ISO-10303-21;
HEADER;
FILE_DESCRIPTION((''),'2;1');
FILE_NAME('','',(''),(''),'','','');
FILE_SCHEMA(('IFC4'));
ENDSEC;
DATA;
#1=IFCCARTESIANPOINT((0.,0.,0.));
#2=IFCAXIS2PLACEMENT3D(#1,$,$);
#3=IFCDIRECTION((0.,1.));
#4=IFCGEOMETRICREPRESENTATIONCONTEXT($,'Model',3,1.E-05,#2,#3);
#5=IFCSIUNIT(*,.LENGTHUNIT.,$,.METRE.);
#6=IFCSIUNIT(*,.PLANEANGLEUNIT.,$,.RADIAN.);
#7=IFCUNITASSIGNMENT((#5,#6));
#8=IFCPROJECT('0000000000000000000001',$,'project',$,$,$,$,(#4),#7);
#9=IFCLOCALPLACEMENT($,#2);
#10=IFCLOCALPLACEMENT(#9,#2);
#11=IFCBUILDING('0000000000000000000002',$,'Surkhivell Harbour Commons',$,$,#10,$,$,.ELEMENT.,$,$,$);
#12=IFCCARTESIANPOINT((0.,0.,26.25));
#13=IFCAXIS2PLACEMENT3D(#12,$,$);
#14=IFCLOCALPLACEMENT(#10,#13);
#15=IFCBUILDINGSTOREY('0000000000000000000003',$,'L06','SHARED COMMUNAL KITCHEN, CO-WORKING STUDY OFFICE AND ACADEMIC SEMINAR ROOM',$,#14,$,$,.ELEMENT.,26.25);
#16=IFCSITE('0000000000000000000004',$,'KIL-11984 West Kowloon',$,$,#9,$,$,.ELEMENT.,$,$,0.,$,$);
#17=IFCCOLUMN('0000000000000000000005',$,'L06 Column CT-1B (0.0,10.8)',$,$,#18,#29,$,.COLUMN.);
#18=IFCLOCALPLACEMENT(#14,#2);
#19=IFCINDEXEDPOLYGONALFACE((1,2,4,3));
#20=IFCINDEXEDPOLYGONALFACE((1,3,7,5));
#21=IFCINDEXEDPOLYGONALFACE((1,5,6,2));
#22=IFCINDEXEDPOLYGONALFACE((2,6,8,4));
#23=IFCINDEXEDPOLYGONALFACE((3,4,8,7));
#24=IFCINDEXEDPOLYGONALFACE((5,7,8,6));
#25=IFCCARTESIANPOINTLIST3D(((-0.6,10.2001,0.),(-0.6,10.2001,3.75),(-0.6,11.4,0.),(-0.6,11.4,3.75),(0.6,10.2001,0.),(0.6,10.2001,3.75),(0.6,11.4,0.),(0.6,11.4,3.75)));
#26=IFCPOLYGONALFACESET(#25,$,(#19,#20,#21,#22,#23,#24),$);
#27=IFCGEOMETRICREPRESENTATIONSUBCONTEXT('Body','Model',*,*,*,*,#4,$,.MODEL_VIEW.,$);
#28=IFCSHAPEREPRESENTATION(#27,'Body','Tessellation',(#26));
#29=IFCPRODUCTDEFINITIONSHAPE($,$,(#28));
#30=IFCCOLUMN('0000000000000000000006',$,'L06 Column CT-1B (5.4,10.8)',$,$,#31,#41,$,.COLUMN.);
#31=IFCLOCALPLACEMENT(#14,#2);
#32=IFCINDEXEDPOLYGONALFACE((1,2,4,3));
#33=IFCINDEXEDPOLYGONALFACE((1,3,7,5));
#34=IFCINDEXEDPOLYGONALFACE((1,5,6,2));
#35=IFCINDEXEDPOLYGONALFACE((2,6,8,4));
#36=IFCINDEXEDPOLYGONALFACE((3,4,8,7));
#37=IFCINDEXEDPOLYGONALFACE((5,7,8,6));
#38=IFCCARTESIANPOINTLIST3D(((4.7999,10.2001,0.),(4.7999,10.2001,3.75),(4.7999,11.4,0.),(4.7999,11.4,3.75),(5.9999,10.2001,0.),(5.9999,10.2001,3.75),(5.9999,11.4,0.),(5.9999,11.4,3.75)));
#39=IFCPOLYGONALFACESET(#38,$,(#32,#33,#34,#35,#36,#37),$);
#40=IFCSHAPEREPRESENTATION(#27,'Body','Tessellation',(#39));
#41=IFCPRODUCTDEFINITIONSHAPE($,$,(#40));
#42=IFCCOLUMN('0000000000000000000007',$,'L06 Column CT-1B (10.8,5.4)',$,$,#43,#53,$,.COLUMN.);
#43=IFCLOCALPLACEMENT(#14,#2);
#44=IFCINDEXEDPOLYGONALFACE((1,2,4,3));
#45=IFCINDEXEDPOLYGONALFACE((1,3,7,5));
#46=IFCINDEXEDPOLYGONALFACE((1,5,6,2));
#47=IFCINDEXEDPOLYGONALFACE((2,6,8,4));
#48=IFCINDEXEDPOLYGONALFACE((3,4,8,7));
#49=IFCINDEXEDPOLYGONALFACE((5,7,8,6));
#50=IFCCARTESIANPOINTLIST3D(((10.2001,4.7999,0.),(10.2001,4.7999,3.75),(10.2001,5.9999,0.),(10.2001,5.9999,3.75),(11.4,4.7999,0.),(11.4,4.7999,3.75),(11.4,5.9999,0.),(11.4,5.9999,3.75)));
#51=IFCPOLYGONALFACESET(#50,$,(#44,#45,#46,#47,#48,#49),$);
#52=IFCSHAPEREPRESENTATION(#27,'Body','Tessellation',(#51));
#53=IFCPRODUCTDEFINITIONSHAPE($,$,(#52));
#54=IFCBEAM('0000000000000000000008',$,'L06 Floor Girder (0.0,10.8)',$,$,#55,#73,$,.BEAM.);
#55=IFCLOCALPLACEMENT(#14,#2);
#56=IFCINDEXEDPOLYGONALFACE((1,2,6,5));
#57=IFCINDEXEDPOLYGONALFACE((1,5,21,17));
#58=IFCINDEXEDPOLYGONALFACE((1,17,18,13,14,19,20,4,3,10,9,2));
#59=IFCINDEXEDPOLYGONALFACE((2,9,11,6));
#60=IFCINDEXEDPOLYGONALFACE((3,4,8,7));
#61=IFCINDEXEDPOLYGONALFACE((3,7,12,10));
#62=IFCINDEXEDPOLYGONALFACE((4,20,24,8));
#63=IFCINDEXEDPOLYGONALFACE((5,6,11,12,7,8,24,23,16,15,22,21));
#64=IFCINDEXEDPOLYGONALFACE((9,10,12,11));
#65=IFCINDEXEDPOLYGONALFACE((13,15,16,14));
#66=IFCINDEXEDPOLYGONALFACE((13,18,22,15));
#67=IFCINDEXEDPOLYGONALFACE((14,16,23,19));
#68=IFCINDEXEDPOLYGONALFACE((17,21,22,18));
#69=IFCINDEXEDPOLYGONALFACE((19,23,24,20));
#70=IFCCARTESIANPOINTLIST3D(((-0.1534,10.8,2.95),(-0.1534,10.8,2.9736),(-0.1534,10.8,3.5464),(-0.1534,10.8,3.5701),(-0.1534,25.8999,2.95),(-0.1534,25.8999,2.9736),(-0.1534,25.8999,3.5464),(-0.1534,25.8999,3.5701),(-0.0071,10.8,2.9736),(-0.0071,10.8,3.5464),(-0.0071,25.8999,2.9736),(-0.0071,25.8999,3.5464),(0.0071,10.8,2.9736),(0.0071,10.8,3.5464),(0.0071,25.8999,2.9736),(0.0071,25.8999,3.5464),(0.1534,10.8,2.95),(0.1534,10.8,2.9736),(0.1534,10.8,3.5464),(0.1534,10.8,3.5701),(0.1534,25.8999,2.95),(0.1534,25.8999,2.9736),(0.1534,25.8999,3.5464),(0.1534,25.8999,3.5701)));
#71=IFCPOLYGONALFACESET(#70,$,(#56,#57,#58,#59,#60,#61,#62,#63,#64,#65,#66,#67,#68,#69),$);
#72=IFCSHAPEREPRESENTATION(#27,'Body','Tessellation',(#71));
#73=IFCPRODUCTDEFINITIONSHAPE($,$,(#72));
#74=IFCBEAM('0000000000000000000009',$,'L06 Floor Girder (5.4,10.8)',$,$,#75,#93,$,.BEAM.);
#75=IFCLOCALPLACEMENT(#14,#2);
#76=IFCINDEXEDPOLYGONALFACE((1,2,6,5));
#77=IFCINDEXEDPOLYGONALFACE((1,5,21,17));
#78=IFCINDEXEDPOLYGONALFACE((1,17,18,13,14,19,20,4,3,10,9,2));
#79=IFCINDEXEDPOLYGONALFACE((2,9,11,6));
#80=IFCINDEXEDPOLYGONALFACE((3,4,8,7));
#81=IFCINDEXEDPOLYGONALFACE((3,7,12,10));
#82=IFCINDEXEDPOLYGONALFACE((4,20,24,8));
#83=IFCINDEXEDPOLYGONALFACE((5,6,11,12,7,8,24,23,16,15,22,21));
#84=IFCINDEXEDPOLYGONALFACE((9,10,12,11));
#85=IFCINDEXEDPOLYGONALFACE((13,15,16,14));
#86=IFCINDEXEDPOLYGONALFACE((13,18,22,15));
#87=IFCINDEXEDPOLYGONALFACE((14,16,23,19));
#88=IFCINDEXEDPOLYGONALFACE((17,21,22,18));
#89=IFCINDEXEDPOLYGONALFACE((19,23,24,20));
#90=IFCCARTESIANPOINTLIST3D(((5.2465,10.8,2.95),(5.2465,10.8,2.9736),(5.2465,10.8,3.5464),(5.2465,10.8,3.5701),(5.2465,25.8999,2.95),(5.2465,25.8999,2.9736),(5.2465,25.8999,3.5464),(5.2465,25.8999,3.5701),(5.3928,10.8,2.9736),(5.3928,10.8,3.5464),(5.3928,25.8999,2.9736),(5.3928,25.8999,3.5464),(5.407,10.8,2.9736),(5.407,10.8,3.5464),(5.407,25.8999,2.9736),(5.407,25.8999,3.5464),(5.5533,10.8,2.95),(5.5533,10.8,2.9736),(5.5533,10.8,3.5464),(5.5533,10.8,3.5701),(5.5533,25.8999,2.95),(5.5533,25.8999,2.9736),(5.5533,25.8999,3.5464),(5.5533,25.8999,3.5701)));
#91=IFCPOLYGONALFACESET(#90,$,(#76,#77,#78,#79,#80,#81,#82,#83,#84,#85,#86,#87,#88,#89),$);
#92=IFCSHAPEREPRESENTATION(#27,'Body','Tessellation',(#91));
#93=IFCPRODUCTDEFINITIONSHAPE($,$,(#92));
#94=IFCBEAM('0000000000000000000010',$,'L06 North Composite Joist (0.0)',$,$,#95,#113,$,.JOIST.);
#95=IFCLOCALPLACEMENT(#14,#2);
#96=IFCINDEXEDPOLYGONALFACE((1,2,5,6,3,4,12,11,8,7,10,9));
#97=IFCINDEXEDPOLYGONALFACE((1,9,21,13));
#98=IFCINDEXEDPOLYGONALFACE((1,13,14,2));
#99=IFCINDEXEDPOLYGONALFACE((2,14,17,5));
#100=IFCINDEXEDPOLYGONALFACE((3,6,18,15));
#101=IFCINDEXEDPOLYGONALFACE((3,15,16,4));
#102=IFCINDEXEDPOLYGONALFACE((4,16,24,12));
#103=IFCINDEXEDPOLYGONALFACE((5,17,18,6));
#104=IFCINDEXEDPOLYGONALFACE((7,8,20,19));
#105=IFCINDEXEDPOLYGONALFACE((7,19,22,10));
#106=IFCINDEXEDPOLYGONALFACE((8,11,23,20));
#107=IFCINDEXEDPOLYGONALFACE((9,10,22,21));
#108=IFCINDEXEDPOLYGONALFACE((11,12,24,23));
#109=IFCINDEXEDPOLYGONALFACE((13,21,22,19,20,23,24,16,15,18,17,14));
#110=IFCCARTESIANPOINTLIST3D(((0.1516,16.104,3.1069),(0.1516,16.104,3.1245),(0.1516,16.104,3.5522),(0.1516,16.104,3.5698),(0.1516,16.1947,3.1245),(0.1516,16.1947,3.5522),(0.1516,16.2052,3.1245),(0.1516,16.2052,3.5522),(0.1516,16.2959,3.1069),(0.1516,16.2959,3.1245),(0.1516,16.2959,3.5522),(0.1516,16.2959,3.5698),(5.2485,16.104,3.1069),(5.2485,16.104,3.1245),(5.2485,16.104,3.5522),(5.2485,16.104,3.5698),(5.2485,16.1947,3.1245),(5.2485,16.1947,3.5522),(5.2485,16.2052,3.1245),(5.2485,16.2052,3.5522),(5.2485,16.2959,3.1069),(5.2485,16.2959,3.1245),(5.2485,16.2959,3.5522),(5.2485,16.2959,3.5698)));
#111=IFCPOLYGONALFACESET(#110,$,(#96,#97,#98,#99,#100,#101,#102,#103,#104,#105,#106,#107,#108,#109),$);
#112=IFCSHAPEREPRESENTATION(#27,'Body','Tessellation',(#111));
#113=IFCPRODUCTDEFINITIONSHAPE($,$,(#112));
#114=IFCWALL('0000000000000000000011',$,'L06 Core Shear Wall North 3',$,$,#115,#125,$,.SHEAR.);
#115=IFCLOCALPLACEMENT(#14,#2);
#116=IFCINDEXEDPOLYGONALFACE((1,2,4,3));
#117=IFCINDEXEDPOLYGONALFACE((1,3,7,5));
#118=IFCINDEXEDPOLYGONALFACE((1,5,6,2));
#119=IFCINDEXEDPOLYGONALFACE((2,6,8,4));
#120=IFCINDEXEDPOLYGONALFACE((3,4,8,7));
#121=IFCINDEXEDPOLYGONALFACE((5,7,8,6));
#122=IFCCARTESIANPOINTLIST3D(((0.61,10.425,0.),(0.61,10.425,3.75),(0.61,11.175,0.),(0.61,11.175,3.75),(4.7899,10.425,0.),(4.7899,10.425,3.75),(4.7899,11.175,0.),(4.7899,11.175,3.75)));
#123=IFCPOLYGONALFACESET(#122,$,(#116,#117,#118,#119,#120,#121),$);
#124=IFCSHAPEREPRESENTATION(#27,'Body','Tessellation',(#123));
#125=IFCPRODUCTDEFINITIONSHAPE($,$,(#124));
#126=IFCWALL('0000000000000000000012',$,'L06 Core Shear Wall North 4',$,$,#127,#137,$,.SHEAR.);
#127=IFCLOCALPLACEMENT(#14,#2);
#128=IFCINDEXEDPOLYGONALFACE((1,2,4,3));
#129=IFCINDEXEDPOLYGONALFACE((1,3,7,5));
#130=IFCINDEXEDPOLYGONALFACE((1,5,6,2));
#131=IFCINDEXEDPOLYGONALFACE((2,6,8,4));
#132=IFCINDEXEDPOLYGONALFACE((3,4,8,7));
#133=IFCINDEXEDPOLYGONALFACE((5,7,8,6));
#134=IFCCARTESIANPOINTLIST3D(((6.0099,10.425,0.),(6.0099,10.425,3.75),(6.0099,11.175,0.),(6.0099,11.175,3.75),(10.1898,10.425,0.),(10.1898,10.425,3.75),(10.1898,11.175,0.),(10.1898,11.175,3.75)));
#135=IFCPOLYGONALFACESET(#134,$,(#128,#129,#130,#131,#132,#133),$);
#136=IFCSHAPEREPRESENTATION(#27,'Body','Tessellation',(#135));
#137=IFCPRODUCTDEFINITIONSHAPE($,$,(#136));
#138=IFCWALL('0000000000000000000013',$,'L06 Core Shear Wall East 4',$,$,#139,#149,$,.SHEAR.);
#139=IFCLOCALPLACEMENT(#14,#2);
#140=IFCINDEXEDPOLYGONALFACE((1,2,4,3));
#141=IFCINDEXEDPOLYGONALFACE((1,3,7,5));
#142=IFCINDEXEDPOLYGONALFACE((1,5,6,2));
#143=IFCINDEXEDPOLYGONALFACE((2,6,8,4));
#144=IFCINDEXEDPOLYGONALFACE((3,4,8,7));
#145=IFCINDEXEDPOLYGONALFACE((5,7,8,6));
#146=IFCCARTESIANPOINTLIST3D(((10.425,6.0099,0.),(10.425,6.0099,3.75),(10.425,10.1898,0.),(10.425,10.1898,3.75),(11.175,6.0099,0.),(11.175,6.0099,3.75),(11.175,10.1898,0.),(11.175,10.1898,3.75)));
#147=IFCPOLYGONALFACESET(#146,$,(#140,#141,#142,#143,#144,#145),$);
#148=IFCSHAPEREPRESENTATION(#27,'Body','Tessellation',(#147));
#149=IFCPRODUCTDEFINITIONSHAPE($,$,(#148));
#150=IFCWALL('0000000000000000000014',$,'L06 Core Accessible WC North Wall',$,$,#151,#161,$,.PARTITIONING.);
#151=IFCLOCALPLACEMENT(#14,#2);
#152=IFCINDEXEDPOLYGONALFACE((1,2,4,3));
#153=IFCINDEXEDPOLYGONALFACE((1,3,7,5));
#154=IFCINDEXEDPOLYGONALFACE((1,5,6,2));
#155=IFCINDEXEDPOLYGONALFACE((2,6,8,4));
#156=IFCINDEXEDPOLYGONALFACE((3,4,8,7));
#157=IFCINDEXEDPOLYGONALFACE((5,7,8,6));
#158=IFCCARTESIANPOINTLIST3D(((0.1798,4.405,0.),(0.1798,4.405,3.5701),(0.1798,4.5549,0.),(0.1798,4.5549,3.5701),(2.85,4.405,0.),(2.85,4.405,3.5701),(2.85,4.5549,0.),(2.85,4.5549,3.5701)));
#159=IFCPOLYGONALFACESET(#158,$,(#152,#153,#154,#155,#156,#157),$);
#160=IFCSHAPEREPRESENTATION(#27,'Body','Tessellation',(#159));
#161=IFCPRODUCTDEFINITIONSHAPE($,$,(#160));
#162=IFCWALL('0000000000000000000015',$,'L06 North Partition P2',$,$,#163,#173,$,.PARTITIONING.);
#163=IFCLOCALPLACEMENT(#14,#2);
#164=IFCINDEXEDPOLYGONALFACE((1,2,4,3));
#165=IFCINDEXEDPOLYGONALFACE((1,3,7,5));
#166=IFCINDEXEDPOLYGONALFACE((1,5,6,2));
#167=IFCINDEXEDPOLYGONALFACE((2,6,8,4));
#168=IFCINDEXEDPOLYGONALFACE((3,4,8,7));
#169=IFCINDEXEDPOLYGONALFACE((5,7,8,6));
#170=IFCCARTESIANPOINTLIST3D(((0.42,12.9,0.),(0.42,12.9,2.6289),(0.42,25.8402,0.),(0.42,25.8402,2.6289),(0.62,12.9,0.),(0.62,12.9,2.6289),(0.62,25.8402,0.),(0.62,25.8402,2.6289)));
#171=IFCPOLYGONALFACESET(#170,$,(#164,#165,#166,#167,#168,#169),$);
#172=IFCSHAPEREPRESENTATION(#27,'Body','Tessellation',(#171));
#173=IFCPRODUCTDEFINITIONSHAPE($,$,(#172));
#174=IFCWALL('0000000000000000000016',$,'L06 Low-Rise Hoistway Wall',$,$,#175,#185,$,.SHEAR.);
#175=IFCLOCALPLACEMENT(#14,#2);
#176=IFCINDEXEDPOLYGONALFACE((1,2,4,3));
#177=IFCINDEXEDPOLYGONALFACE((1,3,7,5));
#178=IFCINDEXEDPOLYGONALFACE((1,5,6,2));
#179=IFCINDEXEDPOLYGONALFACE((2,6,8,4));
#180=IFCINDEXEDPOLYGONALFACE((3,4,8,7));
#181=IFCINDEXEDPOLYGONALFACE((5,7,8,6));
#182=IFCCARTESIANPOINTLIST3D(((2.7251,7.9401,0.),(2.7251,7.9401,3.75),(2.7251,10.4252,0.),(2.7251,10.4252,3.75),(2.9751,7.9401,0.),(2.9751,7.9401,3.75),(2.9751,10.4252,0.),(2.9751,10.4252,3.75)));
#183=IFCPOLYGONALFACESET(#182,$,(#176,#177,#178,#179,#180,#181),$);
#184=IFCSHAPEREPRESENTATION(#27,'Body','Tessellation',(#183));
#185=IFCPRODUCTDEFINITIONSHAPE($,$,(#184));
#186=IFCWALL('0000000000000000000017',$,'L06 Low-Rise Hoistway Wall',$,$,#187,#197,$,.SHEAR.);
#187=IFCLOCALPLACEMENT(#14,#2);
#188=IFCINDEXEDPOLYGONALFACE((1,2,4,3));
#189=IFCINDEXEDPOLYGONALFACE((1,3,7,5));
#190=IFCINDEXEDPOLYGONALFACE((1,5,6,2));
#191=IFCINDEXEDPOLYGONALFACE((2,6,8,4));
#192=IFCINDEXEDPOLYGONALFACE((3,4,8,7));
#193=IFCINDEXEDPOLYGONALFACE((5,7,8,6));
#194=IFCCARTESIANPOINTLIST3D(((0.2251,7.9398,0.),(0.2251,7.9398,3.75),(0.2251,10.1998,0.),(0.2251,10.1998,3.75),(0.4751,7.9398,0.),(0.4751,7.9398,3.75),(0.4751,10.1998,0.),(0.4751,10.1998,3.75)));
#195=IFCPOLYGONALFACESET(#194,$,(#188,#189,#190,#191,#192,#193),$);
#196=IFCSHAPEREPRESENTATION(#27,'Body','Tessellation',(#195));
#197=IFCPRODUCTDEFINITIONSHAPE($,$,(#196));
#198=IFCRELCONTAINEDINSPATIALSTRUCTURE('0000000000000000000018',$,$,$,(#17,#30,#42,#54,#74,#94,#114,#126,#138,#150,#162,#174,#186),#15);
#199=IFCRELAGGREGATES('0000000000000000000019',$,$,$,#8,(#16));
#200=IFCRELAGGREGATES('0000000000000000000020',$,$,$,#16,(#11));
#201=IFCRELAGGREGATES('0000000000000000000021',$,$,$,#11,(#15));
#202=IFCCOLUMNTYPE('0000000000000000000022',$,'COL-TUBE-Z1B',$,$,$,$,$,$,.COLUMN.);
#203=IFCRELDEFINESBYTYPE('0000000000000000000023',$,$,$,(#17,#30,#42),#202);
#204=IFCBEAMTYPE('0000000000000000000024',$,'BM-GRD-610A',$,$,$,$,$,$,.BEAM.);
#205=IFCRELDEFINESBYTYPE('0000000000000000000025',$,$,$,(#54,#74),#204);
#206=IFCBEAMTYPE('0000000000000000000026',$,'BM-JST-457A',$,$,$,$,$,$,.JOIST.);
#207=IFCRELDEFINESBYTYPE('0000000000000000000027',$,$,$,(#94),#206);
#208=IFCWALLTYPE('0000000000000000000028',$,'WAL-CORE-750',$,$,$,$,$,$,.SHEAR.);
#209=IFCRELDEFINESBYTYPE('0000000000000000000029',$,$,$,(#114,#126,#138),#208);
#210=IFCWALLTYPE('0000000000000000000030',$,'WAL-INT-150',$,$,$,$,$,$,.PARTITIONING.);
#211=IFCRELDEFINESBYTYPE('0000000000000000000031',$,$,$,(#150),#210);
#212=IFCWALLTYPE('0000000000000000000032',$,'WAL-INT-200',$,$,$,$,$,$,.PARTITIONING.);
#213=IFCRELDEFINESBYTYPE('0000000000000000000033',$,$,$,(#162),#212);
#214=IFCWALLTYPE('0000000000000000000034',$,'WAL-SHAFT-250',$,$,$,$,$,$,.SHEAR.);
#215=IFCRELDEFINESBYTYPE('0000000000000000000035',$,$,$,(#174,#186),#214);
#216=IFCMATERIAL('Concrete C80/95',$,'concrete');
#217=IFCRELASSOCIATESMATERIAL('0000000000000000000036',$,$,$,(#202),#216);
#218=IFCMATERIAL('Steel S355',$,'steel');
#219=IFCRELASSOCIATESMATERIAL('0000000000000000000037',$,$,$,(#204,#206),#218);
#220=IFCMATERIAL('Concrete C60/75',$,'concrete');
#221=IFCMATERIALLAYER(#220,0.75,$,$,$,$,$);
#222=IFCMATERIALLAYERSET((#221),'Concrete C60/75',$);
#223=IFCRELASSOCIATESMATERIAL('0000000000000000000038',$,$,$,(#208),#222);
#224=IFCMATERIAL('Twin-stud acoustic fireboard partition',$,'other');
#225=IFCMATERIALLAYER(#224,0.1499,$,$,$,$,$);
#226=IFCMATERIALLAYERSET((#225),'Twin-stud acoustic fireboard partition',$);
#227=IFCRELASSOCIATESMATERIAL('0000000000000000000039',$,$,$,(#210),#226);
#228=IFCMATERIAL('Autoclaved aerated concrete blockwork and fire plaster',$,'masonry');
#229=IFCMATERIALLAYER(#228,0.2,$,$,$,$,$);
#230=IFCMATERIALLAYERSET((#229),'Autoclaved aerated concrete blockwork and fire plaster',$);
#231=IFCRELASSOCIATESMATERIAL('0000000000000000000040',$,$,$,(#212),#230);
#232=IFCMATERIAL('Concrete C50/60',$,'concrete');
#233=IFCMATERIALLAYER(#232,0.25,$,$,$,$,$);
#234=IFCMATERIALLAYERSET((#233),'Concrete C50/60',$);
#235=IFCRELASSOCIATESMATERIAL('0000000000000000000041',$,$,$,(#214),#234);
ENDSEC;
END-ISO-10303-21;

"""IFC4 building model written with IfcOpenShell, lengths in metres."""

from ifc_helpers import new_model, si_unit, direction, frame, frame_2d, origin, origin_2d, place, context, subcontext, project, spatial, rectangle, i_section, extrude, material, layer, layer_set, material_profile, profile_set, type_object, element, save


model = new_model("IFC4")

# Units and contexts
model_context = context("Model", 3, precision=1e-05, world=origin(), true_north=direction((0.0, 1.0)))
body_context = subcontext(model_context, "Body", "Model", "MODEL_VIEW")
ifc_project = project(units=[si_unit("LENGTHUNIT", "METRE"), si_unit("PLANEANGLEUNIT", "RADIAN")], contexts=[model_context])

# Site, building, storey
site_placement = place(None, origin())
site = spatial("IfcSite", under=ifc_project, at=site_placement, Name="KIL-11984 West Kowloon", CompositionType="ELEMENT", RefElevation=0.0)
building_placement = place(site_placement, origin())
building = spatial("IfcBuilding", under=site, at=building_placement, Name="Surkhivell Harbour Commons", CompositionType="ELEMENT")
storey_placement = place(building_placement, frame((0.0, 0.0, 26.25)))
storey = spatial("IfcBuildingStorey", under=building, at=storey_placement, Name="L06", Description="SHARED COMMUNAL KITCHEN, CO-WORKING STUDY OFFICE AND ACADEMIC SEMINAR ROOM", CompositionType="ELEMENT", Elevation=26.25)

# Columns
ifc_material_1 = material(Name="Concrete C80/95", Category="concrete")
ifc_material_profile_1 = material_profile(ifc_material_1, rectangle(XDim=1.2, YDim=1.2, at=origin_2d()), Name="RC-COL-1200x1200")
ifc_profile_set_1 = profile_set([ifc_material_profile_1], Name="Concrete C80/95")
column_type = type_object("IfcColumnType", Name="COL-TUBE-Z1B", PredefinedType="COLUMN", material=ifc_profile_set_1)
for number, where, z_axis, x_axis, name in (
    (1, (0.0, 10.8, 0.0), (0.0, 0.0, 1.0), (1.0, 0.0, 0.0), "L06 Column CT-1B (0.0,10.8)"),
    (2, (5.3999, 10.8, 0.0), (0.0, 0.0, 1.0), (1.0, 0.0, 0.0), "L06 Column CT-1B (5.4,10.8)"),
    (3, (10.8, 5.3999, 0.0), (0.0, 0.0, 1.0), (1.0, 0.0, 0.0), "L06 Column CT-1B (10.8,5.4)"),
):
    element("IfcColumn", number, at=place(storey_placement, frame(where, z_axis=z_axis, x_axis=x_axis)), inside=storey, type_object=column_type, Name=name, PredefinedType="COLUMN", context=body_context, shape_type="SweptSolid", body=[
        extrude(rectangle(XDim=1.2, YDim=1.2, at=origin_2d()), origin(), (0.0, 0.0, 1.0), 3.75),
    ])

# Beams
ifc_material_2 = material(Name="Steel S355", Category="steel")
ifc_material_profile_2 = material_profile(ifc_material_2, i_section(OverallWidth=0.3069, OverallDepth=0.6201, WebThickness=0.0142, FlangeThickness=0.0237, at=origin_2d()), Name="UB610x305x179")
ifc_profile_set_2 = profile_set([ifc_material_profile_2], Name="Steel S355")
beam_type_1 = type_object("IfcBeamType", Name="BM-GRD-610A", PredefinedType="BEAM", material=ifc_profile_set_2)
for number, where, z_axis, x_axis, name in (
    (4, (0.0, 10.8, 3.26), (0.0, 1.0, 0.0), (-1.0, 0.0, 0.0), "L06 Floor Girder (0.0,10.8)"),
    (5, (5.3999, 10.8, 3.26), (0.0, 1.0, 0.0), (-1.0, 0.0, 0.0), "L06 Floor Girder (5.4,10.8)"),
):
    element("IfcBeam", number, at=place(storey_placement, frame(where, z_axis=z_axis, x_axis=x_axis)), inside=storey, type_object=beam_type_1, Name=name, PredefinedType="BEAM", context=body_context, shape_type="SweptSolid", body=[
        extrude(i_section(OverallWidth=0.3069, OverallDepth=0.6201, WebThickness=0.0142, FlangeThickness=0.0237, at=origin_2d()), origin(), (0.0, 0.0, 1.0), 15.0999),
    ])
ifc_material_profile_3 = material_profile(ifc_material_2, i_section(OverallWidth=0.1919, OverallDepth=0.4629, WebThickness=0.0105, FlangeThickness=0.0176, at=origin_2d()), Name="UB457x191x89")
ifc_profile_set_3 = profile_set([ifc_material_profile_3], Name="Steel S355")
beam_type_2 = type_object("IfcBeamType", Name="BM-JST-457A", PredefinedType="JOIST", material=ifc_profile_set_3)
beam_placement = place(storey_placement, frame((0.1516, 16.2, 3.3384), z_axis=(1.0, 0.0, 0.0), x_axis=(0.0, 1.0, 0.0)))
element("IfcBeam", 6, at=beam_placement, inside=storey, type_object=beam_type_2, Name="L06 North Composite Joist (0.0)", PredefinedType="JOIST", context=body_context, shape_type="SweptSolid", body=[
    extrude(i_section(OverallWidth=0.1919, OverallDepth=0.4629, WebThickness=0.0105, FlangeThickness=0.0176, at=origin_2d()), origin(), (0.0, 0.0, 1.0), 5.0969),
])

# Walls
ifc_material_3 = material(Name="Concrete C60/75", Category="concrete")
ifc_layer_1 = layer(ifc_material_3, 0.75)
ifc_layer_set_1 = layer_set([ifc_layer_1], Name="Concrete C60/75")
wall_type_1 = type_object("IfcWallType", Name="WAL-CORE-750", PredefinedType="SHEAR", material=ifc_layer_set_1)
for number, where, z_axis, x_axis, name in (
    (7, (0.6101, 10.8, 0.0), (0.0, 0.0, 1.0), (1.0, 0.0, 0.0), "L06 Core Shear Wall North 3"),
    (8, (6.01, 10.8, 0.0), (0.0, 0.0, 1.0), (1.0, 0.0, 0.0), "L06 Core Shear Wall North 4"),
    (9, (10.8, 6.01, 0.0), (0.0, 0.0, 1.0), (0.0, 1.0, 0.0), "L06 Core Shear Wall East 4"),
):
    element("IfcWall", number, at=place(storey_placement, frame(where, z_axis=z_axis, x_axis=x_axis)), inside=storey, type_object=wall_type_1, Name=name, PredefinedType="SHEAR", context=body_context, shape_type="SweptSolid", body=[
        extrude(rectangle(XDim=4.1799, YDim=0.75, at=frame_2d((2.0898, 0.0))), origin(), (0.0, 0.0, 1.0), 3.75),
    ])
ifc_material_4 = material(Name="Twin-stud acoustic fireboard partition", Category="other")
ifc_layer_2 = layer(ifc_material_4, 0.1499)
ifc_layer_set_2 = layer_set([ifc_layer_2], Name="Twin-stud acoustic fireboard partition")
wall_type_2 = type_object("IfcWallType", Name="WAL-INT-150", PredefinedType="PARTITIONING", material=ifc_layer_set_2)
wall_1_placement = place(storey_placement, frame((0.1799, 4.48, 0.0), z_axis=(0.0, 0.0, 1.0), x_axis=(1.0, 0.0, 0.0)))
element("IfcWall", 10, at=wall_1_placement, inside=storey, type_object=wall_type_2, Name="L06 Core Accessible WC North Wall", PredefinedType="PARTITIONING", context=body_context, shape_type="SweptSolid", body=[
    extrude(rectangle(XDim=2.6702, YDim=0.1499, at=frame_2d((1.335, 0.0))), origin(), (0.0, 0.0, 1.0), 3.5701),
])
ifc_material_5 = material(Name="Autoclaved aerated concrete blockwork and fire plaster", Category="masonry")
ifc_layer_3 = layer(ifc_material_5, 0.2)
ifc_layer_set_3 = layer_set([ifc_layer_3], Name="Autoclaved aerated concrete blockwork and fire plaster")
wall_type_3 = type_object("IfcWallType", Name="WAL-INT-200", PredefinedType="PARTITIONING", material=ifc_layer_set_3)
wall_2_placement = place(storey_placement, frame((0.52, 12.8999, 0.0), z_axis=(0.0, 0.0, 1.0), x_axis=(0.0, 1.0, 0.0)))
element("IfcWall", 11, at=wall_2_placement, inside=storey, type_object=wall_type_3, Name="L06 North Partition P2", PredefinedType="PARTITIONING", context=body_context, shape_type="SweptSolid", body=[
    extrude(rectangle(XDim=12.9402, YDim=0.2, at=frame_2d((6.4702, 0.0))), origin(), (0.0, 0.0, 1.0), 2.6289),
])
ifc_material_6 = material(Name="Concrete C50/60", Category="concrete")
ifc_layer_4 = layer(ifc_material_6, 0.25)
ifc_layer_set_4 = layer_set([ifc_layer_4], Name="Concrete C50/60")
wall_type_4 = type_object("IfcWallType", Name="WAL-SHAFT-250", PredefinedType="SHEAR", material=ifc_layer_set_4)
wall_3_placement = place(storey_placement, frame((2.8501, 7.9399, 0.0), z_axis=(0.0, 0.0, 1.0), x_axis=(0.0, 1.0, 0.0)))
element("IfcWall", 12, at=wall_3_placement, inside=storey, type_object=wall_type_4, Name="L06 Low-Rise Hoistway Wall", PredefinedType="SHEAR", context=body_context, shape_type="SweptSolid", body=[
    extrude(rectangle(XDim=2.4851, YDim=0.25, at=frame_2d((1.2427, 0.0))), origin(), (0.0, 0.0, 1.0), 3.75),
])
for number, where, z_axis, x_axis, name in (
    (13, (0.3501, 7.9399, 0.0), (0.0, 0.0, 1.0), (0.0, 1.0, 0.0), "L06 Low-Rise Hoistway Wall"),
):
    element("IfcWall", number, at=place(storey_placement, frame(where, z_axis=z_axis, x_axis=x_axis)), inside=storey, type_object=wall_type_4, Name=name, PredefinedType="SHEAR", context=body_context, shape_type="SweptSolid", body=[
        extrude(rectangle(XDim=2.26, YDim=0.25, at=frame_2d((1.1299, 0.0))), origin(), (0.0, 0.0, 1.0), 3.75),
    ])

save(model, "model.ifc")
